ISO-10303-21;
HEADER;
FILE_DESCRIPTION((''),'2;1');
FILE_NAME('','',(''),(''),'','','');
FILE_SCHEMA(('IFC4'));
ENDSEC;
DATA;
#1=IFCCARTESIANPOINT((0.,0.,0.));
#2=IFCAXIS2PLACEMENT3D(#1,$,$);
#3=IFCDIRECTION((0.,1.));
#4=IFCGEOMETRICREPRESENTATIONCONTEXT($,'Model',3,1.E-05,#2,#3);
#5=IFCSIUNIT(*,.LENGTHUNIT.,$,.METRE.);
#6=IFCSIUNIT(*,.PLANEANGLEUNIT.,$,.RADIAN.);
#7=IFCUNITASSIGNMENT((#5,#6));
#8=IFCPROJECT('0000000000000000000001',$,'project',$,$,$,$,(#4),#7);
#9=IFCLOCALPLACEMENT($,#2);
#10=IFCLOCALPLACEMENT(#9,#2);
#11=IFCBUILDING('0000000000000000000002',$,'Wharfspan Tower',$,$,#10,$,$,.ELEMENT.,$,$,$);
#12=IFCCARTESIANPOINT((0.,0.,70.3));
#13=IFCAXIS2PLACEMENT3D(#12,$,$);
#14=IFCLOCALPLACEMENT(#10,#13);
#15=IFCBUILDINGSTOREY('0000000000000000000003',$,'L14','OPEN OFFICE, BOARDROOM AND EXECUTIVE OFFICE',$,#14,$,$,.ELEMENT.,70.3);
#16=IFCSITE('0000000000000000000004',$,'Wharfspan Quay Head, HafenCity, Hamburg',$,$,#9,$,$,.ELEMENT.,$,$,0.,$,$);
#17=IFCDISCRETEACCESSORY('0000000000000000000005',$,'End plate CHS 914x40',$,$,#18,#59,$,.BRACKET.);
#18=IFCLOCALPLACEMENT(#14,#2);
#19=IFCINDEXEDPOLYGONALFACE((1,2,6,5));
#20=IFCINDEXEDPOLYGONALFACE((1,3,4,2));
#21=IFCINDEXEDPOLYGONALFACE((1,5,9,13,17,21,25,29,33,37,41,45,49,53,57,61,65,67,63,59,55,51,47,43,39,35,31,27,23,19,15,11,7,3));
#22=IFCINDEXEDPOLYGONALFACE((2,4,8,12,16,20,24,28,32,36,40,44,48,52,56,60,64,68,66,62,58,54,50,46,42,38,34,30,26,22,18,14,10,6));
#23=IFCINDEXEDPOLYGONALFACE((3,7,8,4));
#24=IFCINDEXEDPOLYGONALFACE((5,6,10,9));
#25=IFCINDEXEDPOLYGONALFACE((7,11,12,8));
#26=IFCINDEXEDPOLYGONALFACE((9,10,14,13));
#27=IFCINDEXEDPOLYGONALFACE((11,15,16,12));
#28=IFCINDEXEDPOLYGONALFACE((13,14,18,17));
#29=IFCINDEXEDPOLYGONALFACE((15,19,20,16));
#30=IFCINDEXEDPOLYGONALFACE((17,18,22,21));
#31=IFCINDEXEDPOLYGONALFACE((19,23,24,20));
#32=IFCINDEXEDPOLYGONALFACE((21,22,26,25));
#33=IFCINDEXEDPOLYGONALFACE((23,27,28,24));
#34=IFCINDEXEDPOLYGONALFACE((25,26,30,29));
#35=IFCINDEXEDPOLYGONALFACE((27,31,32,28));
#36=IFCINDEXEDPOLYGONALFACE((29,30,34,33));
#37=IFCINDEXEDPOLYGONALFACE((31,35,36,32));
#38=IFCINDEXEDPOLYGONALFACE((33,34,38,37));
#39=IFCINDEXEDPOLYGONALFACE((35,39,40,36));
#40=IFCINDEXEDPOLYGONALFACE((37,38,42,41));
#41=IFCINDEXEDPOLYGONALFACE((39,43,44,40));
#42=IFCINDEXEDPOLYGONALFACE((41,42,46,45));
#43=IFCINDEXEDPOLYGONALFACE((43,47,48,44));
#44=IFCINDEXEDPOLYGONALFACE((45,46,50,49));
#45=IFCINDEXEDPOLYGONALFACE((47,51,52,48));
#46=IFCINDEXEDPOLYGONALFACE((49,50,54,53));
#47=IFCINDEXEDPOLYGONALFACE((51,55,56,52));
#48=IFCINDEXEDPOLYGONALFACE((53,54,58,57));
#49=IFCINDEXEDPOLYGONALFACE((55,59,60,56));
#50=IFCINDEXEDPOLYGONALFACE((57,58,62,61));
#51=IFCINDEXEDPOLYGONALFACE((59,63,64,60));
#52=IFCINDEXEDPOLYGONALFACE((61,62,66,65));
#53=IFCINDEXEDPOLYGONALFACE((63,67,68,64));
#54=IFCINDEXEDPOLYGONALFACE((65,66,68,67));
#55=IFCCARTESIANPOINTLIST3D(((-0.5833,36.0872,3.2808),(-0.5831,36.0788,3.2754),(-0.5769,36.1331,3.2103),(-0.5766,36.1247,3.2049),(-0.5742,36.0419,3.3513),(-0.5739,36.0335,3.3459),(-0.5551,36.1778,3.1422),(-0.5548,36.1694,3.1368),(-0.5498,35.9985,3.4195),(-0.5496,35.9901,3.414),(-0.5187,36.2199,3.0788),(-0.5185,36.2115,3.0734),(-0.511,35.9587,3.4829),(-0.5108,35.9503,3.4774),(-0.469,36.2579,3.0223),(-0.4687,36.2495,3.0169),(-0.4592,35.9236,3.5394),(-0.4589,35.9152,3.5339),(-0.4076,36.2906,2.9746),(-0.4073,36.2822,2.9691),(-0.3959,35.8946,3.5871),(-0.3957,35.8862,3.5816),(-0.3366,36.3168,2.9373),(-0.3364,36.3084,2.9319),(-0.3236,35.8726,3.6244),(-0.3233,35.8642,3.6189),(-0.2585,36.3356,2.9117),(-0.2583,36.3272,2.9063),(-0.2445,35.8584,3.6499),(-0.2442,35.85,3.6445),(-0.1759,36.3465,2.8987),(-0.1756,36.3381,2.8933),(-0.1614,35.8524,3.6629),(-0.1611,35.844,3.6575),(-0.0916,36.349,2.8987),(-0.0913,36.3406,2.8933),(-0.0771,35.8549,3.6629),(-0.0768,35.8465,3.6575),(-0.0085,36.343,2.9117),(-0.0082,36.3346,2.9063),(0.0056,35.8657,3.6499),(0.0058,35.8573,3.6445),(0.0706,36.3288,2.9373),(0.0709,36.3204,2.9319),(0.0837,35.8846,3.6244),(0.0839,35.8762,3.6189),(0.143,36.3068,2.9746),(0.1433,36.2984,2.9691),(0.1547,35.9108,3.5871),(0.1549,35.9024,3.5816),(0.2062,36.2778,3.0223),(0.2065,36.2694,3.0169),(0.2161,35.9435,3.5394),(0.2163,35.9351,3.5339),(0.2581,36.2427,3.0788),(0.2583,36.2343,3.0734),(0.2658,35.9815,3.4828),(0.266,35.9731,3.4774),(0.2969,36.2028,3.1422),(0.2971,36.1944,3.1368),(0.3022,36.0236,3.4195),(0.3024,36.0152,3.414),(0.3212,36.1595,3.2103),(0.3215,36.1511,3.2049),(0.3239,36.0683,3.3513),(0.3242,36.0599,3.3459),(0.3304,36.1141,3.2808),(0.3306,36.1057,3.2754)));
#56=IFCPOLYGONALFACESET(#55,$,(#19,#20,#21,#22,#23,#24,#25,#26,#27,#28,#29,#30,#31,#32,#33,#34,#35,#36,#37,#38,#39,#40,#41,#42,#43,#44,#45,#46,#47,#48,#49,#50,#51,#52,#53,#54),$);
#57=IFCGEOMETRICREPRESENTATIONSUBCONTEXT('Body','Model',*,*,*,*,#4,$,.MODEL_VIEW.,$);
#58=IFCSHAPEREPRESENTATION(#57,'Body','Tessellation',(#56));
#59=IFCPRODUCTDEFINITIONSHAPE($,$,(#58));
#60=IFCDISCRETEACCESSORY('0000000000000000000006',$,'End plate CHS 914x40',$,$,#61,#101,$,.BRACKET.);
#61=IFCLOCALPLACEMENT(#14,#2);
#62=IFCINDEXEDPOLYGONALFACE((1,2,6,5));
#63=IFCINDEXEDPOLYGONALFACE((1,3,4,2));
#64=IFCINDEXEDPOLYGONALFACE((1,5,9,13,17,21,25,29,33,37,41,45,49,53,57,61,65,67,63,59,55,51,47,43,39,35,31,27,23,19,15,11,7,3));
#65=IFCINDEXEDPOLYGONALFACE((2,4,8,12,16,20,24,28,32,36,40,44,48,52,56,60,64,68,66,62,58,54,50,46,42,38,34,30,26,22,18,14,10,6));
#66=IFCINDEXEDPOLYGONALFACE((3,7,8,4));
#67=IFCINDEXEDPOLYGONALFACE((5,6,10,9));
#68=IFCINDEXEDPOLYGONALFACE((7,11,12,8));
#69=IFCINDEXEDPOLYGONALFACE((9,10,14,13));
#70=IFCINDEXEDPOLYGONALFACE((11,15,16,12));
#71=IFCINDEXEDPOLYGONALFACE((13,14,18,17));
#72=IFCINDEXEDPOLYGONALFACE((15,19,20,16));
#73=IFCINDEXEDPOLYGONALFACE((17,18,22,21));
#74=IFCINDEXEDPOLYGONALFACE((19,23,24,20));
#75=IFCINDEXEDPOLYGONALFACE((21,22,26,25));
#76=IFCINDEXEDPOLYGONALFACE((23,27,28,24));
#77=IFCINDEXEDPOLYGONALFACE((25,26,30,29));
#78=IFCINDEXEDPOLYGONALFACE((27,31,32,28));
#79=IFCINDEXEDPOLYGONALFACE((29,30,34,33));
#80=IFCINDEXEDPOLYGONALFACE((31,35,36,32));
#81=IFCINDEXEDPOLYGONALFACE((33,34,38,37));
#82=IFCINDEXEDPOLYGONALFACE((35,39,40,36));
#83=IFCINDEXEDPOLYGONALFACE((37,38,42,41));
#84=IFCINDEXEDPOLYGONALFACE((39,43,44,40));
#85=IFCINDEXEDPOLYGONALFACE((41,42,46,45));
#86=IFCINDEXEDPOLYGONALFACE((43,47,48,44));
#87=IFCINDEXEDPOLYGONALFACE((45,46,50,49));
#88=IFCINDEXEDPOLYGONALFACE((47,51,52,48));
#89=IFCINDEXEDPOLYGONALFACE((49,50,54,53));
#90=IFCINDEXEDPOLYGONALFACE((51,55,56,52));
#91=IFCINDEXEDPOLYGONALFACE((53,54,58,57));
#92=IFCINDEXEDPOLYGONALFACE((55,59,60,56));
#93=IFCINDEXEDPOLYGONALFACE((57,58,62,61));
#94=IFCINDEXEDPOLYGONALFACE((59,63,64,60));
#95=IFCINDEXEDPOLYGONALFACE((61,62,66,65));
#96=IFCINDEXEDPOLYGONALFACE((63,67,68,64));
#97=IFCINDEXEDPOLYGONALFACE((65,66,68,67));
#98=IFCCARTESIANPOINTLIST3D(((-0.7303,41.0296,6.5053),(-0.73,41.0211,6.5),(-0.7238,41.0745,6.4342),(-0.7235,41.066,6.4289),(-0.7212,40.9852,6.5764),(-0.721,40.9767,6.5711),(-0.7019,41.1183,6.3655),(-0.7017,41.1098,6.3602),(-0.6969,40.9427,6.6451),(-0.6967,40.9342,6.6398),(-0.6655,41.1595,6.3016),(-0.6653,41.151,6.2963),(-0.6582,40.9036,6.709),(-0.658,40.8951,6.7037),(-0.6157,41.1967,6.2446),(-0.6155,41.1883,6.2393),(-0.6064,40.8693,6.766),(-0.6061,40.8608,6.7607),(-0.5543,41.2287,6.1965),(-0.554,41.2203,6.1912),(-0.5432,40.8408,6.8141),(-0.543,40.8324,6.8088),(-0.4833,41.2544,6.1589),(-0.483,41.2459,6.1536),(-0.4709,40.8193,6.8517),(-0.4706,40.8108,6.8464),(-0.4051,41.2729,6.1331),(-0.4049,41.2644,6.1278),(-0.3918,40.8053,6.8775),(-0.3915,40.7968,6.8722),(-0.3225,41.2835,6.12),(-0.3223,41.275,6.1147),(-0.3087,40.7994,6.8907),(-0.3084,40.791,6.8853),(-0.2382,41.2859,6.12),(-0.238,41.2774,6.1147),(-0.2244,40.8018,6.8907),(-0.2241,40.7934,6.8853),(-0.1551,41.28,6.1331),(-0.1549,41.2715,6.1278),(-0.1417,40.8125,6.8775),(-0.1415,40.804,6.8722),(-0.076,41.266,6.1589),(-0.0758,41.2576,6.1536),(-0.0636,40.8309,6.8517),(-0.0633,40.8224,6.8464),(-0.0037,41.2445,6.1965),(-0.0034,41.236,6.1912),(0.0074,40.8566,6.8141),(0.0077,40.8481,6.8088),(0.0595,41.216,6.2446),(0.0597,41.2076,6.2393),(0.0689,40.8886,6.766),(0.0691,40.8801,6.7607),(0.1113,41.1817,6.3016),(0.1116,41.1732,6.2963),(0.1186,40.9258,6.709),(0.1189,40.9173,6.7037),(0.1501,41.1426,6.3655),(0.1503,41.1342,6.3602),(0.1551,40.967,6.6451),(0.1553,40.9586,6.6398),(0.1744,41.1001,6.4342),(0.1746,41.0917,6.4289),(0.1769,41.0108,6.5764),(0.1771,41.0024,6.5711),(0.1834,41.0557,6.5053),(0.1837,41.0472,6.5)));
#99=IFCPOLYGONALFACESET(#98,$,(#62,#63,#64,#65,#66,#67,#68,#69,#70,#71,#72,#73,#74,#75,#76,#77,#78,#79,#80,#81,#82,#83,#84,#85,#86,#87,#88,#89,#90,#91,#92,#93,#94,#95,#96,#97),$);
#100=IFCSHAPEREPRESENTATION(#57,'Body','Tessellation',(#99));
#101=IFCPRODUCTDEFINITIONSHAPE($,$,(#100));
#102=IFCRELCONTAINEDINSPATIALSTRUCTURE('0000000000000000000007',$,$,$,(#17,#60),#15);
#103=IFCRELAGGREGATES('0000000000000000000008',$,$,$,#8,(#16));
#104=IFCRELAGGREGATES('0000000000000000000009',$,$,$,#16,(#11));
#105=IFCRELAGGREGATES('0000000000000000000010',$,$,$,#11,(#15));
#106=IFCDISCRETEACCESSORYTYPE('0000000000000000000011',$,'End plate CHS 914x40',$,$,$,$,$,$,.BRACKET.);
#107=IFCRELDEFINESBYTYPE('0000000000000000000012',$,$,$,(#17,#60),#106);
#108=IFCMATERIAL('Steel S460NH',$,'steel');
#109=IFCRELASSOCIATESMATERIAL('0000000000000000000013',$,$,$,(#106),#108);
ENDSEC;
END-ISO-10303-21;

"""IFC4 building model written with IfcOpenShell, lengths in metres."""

from ifc_helpers import new_model, si_unit, direction, frame, origin, origin_2d, place, context, subcontext, project, spatial, circle, extrude, material, material_profile, profile_set, type_object, element, save


model = new_model("IFC4")

# Units and contexts
model_context = context("Model", 3, precision=1e-05, world=origin(), true_north=direction((0.0, 1.0)))
body_context = subcontext(model_context, "Body", "Model", "MODEL_VIEW")
ifc_project = project(units=[si_unit("LENGTHUNIT", "METRE"), si_unit("PLANEANGLEUNIT", "RADIAN")], contexts=[model_context])

# Site, building, storey
site_placement = place(None, origin())
site = spatial("IfcSite", under=ifc_project, at=site_placement, Name="Wharfspan Quay Head, HafenCity, Hamburg", CompositionType="ELEMENT", RefElevation=0.0)
building_placement = place(site_placement, origin())
building = spatial("IfcBuilding", under=site, at=building_placement, Name="Wharfspan Tower", CompositionType="ELEMENT")
storey_placement = place(building_placement, frame((0.0, 0.0, 70.3)))
storey = spatial("IfcBuildingStorey", under=building, at=storey_placement, Name="L14", Description="OPEN OFFICE, BOARDROOM AND EXECUTIVE OFFICE", CompositionType="ELEMENT", Elevation=70.3)

# Shared definitions
ifc_material_1 = material(Name="Steel S460NH", Category="steel")

# Discrete accessories
ifc_material_profile_1 = material_profile(ifc_material_1, circle(Radius=0.457, at=origin_2d()))
ifc_profile_set_1 = profile_set([ifc_material_profile_1], Name="Steel S460NH")
discrete_accessory_type = type_object("IfcDiscreteAccessoryType", Name="End plate CHS 914x40", PredefinedType="BRACKET", material=ifc_profile_set_1)
for number, where, z_axis, x_axis, name in (
    (1, (-0.1262, 36.0923, 3.2754), (-0.024686, 0.839314, 0.543086), (-0.999566, -0.0294, 0.000001), "End plate CHS 914x40"),
    (2, (-0.2732, 41.0342, 6.5), (-0.024183, 0.846389, 0.532016), (-0.999594, -0.028561, 0.000001), "End plate CHS 914x40"),
):
    element("IfcDiscreteAccessory", number, at=place(storey_placement, frame(where, z_axis=z_axis, x_axis=x_axis)), inside=storey, type_object=discrete_accessory_type, Name=name, PredefinedType="BRACKET", context=body_context, shape_type="SweptSolid", body=[
        extrude(circle(Radius=0.457, at=origin_2d()), origin(), (0.0, 0.0, 1.0), 0.01),
    ])

save(model, "model.ifc")
